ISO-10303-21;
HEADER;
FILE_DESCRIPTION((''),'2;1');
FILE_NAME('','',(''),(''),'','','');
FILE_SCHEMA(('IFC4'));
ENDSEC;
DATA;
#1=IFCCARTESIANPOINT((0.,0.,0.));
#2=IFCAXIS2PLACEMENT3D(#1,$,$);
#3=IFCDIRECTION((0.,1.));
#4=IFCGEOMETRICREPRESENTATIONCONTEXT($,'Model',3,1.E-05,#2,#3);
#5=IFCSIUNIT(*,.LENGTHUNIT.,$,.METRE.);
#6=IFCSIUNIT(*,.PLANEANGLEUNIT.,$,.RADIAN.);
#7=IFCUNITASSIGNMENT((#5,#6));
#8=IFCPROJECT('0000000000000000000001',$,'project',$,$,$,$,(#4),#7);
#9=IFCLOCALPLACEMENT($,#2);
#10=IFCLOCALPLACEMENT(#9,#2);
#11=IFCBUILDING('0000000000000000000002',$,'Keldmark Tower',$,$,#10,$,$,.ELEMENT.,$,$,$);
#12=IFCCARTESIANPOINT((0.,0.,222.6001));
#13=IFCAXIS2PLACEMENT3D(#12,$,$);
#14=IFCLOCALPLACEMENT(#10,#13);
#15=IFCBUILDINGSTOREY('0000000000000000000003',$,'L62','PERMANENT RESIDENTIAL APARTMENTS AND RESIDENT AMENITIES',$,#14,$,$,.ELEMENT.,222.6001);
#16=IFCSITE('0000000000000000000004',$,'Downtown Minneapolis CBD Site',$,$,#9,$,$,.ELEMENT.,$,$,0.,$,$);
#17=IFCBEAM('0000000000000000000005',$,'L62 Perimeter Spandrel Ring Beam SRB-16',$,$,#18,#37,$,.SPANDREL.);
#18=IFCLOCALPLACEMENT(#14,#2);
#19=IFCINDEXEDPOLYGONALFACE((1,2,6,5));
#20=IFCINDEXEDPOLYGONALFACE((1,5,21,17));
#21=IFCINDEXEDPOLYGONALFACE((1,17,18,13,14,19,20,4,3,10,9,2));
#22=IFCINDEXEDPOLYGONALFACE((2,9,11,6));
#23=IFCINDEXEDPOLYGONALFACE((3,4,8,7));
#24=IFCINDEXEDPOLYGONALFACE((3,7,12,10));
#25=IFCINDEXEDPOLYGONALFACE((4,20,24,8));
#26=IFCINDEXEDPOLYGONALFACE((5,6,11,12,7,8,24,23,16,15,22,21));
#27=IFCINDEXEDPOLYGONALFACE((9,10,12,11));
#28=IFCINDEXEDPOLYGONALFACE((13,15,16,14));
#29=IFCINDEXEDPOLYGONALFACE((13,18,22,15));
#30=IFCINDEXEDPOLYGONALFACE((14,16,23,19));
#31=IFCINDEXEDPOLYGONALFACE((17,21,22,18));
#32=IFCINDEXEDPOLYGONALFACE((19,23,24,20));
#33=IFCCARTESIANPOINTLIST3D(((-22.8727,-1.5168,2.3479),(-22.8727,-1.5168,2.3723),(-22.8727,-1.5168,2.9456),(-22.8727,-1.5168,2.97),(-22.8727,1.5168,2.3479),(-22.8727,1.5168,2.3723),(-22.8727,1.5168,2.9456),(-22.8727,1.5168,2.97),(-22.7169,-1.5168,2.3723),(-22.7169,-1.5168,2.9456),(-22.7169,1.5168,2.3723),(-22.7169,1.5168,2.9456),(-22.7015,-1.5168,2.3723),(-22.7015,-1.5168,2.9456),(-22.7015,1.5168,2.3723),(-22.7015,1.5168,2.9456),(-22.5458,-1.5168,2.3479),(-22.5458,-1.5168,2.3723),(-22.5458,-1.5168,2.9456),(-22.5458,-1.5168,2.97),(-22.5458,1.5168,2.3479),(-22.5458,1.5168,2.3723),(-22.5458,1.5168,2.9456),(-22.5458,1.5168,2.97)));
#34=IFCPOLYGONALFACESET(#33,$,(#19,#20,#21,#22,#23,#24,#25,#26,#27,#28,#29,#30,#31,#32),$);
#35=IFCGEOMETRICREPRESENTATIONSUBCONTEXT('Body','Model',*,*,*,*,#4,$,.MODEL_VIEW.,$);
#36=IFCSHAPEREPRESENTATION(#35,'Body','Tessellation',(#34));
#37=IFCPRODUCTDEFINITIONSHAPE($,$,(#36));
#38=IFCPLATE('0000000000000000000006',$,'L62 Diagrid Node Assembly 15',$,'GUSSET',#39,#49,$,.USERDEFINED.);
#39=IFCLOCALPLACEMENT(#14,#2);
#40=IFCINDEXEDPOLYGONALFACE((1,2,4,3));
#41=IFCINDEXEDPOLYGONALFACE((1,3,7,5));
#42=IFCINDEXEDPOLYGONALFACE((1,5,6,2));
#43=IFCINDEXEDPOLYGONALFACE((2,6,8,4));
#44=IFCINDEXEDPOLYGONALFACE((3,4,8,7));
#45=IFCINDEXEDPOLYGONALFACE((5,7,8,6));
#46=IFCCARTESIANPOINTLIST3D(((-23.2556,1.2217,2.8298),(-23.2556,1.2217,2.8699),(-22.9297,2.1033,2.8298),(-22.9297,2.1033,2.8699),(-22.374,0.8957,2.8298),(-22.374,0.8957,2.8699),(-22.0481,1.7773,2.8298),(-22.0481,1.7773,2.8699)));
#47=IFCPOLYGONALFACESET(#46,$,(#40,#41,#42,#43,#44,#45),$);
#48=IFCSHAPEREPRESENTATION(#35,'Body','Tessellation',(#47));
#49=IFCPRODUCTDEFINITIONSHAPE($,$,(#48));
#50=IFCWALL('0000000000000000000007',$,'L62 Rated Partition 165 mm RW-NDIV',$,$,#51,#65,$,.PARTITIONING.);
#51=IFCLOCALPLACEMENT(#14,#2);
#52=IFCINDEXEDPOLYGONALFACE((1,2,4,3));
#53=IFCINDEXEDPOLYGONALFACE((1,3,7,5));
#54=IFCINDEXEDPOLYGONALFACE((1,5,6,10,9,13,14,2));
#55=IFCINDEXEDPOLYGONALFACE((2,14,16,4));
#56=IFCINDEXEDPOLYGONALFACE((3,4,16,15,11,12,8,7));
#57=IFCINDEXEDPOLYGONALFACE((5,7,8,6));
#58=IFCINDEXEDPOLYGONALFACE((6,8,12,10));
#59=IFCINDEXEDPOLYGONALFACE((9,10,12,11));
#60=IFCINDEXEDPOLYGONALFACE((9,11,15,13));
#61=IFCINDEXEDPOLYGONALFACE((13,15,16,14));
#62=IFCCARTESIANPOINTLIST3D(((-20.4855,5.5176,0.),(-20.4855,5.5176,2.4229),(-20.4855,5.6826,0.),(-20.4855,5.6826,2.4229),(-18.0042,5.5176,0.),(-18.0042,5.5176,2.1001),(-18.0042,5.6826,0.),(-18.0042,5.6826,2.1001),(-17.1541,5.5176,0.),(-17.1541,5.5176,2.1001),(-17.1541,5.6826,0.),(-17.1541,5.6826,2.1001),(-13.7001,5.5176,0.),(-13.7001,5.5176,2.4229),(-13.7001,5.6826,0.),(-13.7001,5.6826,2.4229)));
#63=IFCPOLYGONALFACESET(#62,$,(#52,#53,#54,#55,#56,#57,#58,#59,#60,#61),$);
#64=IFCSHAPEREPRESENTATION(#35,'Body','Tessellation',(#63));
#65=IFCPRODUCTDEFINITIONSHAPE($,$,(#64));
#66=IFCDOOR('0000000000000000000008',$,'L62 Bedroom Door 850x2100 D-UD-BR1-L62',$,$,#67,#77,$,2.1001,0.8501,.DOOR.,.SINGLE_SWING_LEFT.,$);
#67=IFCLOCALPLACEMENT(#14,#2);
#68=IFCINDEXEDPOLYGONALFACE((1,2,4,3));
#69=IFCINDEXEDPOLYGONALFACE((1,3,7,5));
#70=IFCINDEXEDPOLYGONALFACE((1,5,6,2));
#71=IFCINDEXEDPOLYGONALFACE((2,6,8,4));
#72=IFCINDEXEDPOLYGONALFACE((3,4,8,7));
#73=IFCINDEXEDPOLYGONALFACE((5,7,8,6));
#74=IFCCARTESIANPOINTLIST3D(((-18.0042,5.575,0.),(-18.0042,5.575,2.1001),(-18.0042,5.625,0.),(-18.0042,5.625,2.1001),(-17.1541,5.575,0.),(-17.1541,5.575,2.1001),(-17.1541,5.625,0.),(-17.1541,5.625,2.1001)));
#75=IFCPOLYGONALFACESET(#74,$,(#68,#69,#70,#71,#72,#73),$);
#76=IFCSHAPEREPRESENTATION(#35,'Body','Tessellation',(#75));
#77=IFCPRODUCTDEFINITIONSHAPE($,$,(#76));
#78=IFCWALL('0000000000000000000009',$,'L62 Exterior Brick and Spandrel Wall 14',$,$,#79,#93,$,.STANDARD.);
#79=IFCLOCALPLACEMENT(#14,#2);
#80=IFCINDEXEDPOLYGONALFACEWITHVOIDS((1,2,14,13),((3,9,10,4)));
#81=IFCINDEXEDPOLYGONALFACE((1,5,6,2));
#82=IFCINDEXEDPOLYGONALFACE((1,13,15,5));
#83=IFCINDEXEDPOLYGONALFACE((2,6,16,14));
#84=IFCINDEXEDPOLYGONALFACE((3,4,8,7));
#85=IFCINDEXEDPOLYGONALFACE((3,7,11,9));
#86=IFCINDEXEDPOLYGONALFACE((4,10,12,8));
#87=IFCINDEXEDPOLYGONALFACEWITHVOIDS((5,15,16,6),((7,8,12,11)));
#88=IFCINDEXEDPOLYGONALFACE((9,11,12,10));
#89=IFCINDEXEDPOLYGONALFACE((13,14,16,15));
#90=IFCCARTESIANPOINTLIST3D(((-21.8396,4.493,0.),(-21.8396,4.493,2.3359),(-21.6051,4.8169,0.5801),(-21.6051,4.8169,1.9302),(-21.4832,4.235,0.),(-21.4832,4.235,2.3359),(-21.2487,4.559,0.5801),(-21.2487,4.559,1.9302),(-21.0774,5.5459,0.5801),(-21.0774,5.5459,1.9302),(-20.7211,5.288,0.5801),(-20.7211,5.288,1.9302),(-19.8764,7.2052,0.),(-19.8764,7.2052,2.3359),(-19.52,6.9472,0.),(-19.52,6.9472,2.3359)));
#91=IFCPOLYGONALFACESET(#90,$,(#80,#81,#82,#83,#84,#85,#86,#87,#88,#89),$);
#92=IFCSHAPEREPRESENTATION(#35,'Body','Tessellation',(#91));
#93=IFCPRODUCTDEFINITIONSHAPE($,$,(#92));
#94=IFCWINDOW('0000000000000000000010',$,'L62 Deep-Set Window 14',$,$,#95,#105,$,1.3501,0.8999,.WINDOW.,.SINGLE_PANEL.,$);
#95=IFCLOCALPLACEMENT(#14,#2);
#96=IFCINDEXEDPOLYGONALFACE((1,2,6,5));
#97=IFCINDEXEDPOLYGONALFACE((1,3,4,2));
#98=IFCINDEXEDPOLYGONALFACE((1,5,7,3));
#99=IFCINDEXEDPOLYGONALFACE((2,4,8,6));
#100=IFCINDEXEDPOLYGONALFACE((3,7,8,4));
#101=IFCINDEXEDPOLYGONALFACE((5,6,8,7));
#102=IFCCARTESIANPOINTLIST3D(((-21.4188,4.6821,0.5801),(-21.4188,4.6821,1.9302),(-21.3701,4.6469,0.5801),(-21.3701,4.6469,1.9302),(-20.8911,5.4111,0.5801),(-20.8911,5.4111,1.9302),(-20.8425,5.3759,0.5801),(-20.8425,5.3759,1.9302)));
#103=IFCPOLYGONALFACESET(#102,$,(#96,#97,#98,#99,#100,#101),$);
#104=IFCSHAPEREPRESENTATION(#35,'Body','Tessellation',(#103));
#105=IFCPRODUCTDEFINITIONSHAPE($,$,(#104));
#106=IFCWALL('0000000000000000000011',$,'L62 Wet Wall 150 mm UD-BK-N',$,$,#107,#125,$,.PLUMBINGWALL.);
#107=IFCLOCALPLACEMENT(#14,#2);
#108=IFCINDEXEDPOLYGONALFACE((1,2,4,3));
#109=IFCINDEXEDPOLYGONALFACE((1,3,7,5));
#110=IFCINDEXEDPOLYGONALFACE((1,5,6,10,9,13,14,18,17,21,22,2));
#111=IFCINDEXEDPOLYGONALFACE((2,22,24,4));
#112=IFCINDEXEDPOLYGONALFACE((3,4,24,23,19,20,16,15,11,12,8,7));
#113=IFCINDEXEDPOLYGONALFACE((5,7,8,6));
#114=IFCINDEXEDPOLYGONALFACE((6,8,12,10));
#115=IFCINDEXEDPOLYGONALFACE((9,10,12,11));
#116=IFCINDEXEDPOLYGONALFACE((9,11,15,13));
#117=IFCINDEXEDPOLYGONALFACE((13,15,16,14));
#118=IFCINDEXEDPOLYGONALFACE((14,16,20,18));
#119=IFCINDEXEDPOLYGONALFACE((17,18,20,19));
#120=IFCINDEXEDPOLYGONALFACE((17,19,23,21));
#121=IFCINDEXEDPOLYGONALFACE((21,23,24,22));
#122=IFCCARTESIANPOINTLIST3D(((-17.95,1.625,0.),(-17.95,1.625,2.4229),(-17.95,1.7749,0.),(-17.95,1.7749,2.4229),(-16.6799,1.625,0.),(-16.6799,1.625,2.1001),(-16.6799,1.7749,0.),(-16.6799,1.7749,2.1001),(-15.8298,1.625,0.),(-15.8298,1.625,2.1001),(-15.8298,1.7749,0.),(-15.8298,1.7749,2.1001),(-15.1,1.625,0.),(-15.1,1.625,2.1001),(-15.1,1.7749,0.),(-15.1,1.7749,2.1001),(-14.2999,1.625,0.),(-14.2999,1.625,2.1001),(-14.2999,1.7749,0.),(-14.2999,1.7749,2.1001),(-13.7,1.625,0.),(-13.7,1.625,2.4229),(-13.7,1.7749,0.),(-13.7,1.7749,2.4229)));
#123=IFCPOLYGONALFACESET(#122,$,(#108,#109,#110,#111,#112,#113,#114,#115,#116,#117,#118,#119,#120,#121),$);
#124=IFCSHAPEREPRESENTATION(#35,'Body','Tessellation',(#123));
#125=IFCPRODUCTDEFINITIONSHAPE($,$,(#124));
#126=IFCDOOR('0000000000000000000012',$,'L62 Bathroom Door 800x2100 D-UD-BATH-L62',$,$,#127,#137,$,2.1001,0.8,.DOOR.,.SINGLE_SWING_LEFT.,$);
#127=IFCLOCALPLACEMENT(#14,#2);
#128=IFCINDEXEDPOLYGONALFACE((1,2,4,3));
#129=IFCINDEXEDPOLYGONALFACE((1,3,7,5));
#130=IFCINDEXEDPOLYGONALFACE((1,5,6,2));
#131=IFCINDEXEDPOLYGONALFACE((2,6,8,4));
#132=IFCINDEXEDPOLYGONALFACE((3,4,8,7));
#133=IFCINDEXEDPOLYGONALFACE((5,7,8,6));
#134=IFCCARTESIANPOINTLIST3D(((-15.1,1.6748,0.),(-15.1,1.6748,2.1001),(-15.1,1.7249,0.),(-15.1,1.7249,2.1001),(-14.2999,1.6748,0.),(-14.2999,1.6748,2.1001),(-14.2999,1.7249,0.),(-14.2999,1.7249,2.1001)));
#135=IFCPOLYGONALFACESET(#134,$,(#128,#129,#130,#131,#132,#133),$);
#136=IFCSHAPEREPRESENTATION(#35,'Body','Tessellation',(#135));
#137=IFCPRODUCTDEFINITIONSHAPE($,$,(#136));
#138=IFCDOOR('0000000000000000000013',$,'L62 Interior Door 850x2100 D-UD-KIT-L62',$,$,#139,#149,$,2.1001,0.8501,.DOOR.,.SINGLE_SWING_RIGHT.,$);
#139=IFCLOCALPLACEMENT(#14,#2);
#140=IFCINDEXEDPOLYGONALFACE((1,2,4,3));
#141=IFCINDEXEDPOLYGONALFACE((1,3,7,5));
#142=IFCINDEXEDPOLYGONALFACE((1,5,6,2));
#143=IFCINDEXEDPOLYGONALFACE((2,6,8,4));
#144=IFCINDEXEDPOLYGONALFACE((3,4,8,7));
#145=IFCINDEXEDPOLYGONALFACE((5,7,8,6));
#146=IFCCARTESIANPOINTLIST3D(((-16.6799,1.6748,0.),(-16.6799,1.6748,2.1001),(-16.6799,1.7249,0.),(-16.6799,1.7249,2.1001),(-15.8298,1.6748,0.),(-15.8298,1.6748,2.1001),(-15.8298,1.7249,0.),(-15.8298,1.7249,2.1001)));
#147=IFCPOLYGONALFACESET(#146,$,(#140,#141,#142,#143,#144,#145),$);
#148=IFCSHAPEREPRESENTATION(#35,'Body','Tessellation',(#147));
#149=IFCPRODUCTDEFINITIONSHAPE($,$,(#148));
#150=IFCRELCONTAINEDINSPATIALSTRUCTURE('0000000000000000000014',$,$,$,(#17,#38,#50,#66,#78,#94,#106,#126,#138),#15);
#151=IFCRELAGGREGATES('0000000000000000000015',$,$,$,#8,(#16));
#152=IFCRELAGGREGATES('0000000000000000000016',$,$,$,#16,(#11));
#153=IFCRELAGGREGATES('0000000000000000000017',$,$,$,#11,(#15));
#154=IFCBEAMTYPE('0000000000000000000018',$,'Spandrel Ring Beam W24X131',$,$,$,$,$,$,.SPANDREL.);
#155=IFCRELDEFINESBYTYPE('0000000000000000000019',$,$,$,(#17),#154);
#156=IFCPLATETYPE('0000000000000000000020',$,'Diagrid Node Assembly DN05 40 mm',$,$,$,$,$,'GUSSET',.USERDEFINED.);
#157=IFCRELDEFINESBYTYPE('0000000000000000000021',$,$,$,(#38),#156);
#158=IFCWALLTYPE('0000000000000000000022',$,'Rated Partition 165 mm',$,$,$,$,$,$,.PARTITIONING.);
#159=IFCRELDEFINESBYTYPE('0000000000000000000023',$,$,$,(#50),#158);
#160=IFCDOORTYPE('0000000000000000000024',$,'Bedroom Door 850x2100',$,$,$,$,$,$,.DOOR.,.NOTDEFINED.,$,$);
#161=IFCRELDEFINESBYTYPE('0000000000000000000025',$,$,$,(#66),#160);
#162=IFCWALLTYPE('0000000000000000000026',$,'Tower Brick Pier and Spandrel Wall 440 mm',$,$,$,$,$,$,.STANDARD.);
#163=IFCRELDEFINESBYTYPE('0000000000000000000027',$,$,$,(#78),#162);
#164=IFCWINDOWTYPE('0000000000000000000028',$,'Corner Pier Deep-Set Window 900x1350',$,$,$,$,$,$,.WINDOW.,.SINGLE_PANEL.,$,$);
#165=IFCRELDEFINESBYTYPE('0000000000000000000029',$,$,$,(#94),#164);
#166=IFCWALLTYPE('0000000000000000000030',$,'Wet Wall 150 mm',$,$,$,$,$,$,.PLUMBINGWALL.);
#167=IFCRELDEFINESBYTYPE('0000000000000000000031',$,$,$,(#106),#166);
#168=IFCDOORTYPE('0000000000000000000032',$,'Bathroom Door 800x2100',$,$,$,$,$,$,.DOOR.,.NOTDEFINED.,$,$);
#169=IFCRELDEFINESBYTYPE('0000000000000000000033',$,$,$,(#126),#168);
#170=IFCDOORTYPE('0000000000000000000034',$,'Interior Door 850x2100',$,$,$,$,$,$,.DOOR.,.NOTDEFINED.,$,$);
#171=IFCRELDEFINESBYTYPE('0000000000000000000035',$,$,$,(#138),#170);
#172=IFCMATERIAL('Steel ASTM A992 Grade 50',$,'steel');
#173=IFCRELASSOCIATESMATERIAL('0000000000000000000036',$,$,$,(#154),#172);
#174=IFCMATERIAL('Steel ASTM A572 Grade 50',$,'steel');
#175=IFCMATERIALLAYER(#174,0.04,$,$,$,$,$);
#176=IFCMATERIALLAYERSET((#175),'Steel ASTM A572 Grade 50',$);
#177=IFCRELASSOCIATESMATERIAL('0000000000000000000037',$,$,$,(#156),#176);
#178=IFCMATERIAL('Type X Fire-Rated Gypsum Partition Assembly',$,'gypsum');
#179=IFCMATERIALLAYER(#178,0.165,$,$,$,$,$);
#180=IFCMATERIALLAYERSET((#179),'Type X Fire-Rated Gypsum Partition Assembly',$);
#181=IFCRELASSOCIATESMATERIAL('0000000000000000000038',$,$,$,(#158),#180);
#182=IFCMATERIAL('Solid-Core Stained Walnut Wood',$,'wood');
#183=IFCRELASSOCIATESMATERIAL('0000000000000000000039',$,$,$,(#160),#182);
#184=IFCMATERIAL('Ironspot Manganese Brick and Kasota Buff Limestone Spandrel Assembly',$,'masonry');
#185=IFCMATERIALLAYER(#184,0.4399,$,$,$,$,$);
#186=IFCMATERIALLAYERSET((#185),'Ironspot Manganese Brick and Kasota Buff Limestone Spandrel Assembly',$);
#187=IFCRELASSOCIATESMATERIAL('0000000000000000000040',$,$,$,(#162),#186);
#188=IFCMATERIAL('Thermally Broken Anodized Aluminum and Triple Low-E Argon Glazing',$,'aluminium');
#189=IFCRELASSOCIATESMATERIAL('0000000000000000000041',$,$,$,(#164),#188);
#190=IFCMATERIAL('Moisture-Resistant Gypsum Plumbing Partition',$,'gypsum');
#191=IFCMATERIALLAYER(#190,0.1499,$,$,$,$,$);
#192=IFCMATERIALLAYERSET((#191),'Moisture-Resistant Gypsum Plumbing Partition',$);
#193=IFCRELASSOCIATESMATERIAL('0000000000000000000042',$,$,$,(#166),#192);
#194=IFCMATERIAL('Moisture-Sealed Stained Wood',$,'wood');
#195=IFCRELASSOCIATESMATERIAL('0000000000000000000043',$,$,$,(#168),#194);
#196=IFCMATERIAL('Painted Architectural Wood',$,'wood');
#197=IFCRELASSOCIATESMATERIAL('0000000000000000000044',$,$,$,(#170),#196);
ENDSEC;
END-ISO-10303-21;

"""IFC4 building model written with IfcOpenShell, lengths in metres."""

from ifc_helpers import new_model, si_unit, direction, frame, frame_2d, origin, origin_2d, place, context, subcontext, project, spatial, rectangle, i_section, extrude, material, layer, layer_set, material_profile, profile_set, type_object, element, fill, save


model = new_model("IFC4")

# Units and contexts
model_context = context("Model", 3, precision=1e-05, world=origin(), true_north=direction((0.0, 1.0)))
body_context = subcontext(model_context, "Body", "Model", "MODEL_VIEW")
ifc_project = project(units=[si_unit("LENGTHUNIT", "METRE"), si_unit("PLANEANGLEUNIT", "RADIAN")], contexts=[model_context])

# Site, building, storey
site_placement = place(None, origin())
site = spatial("IfcSite", under=ifc_project, at=site_placement, Name="Downtown Minneapolis CBD Site", CompositionType="ELEMENT", RefElevation=0.0)
building_placement = place(site_placement, origin())
building = spatial("IfcBuilding", under=site, at=building_placement, Name="Keldmark Tower", CompositionType="ELEMENT")
storey_placement = place(building_placement, frame((0.0, 0.0, 222.6001)))
storey = spatial("IfcBuildingStorey", under=building, at=storey_placement, Name="L62", Description="PERMANENT RESIDENTIAL APARTMENTS AND RESIDENT AMENITIES", CompositionType="ELEMENT", Elevation=222.6001)

# Beam
ifc_material_1 = material(Name="Steel ASTM A992 Grade 50", Category="steel")
ifc_material_profile_1 = material_profile(ifc_material_1, i_section(OverallWidth=0.3269, OverallDepth=0.6221, WebThickness=0.0154, FlangeThickness=0.0244, at=origin_2d()), Name="W24X131")
ifc_profile_set_1 = profile_set([ifc_material_profile_1], Name="Steel ASTM A992 Grade 50")
beam_type_1 = type_object("IfcBeamType", Name="Spandrel Ring Beam W24X131", PredefinedType="SPANDREL", material=ifc_profile_set_1)
beam_1_placement = place(storey_placement, frame((-22.7092, 1.5168, 2.6589), z_axis=(0.0, -1.0, 0.0), x_axis=(1.0, 0.0, 0.0)))
element("IfcBeam", 1, at=beam_1_placement, inside=storey, type_object=beam_type_1, Name="L62 Perimeter Spandrel Ring Beam SRB-16", PredefinedType="SPANDREL", context=body_context, shape_type="SweptSolid", body=[
    extrude(i_section(OverallWidth=0.3269, OverallDepth=0.6221, WebThickness=0.0154, FlangeThickness=0.0244, at=origin_2d()), origin(), (0.0, 0.0, 1.0), 3.0337),
])

# Plate
ifc_material_2 = material(Name="Steel ASTM A572 Grade 50", Category="steel")
ifc_layer_1 = layer(ifc_material_2, 0.04)
ifc_layer_set_1 = layer_set([ifc_layer_1], Name="Steel ASTM A572 Grade 50")
plate_type = type_object("IfcPlateType", Name="Diagrid Node Assembly DN05 40 mm", ElementType="GUSSET", PredefinedType="USERDEFINED", material=ifc_layer_set_1)
plate_placement = place(storey_placement, frame((-22.6519, 1.4995, 2.8298), z_axis=(0.0, 0.0, 1.0), x_axis=(-0.346772, -0.937949, 0.0)))
element("IfcPlate", 2, at=plate_placement, inside=storey, type_object=plate_type, Name="L62 Diagrid Node Assembly 15", ObjectType="GUSSET", PredefinedType="USERDEFINED", context=body_context, shape_type="SweptSolid", body=[
    extrude(rectangle(XDim=0.9399, YDim=0.9399, at=origin_2d()), origin(), (0.0, 0.0, 1.0), 0.04),
])

# Wall, opening, door
ifc_material_3 = material(Name="Type X Fire-Rated Gypsum Partition Assembly", Category="gypsum")
ifc_layer_2 = layer(ifc_material_3, 0.165)
ifc_layer_set_2 = layer_set([ifc_layer_2], Name="Type X Fire-Rated Gypsum Partition Assembly")
wall_type_1 = type_object("IfcWallType", Name="Rated Partition 165 mm", PredefinedType="PARTITIONING", material=ifc_layer_set_2)
wall_1_placement = place(storey_placement, frame((-20.4854, 5.6001, 0.0), z_axis=(0.0, 0.0, 1.0), x_axis=(1.0, 0.0, 0.0)))
wall_1 = element("IfcWall", 3, at=wall_1_placement, inside=storey, type_object=wall_type_1, Name="L62 Rated Partition 165 mm RW-NDIV", PredefinedType="PARTITIONING", context=body_context, shape_type="SweptSolid", body=[
    extrude(rectangle(XDim=6.7854, YDim=0.165, at=frame_2d((3.3926, 0.0))), origin(), (0.0, 0.0, 1.0), 2.4229),
])
opening_1_placement = place(wall_1_placement, frame((2.4812, 0.0, 0.0)))
opening_1 = element("IfcOpeningElement", 4, at=opening_1_placement, cuts=wall_1, PredefinedType="OPENING", context=body_context, shape_type="SweptSolid", body=[
    extrude(rectangle(XDim=0.8501, YDim=2.1001, at=frame_2d((0.425, 1.05))), frame((0.0, 0.0925, 0.0), z_axis=(0.0, -1.0, 0.0), x_axis=(1.0, 0.0, 0.0)), (0.0, 0.0, 1.0), 0.1851),
])
ifc_material_4 = material(Name="Solid-Core Stained Walnut Wood", Category="wood")
door_type_1 = type_object("IfcDoorType", Name="Bedroom Door 850x2100", OperationType="NOTDEFINED", PredefinedType="DOOR", material=ifc_material_4)
door_1_placement = place(opening_1_placement, origin())
door_1 = element("IfcDoor", 5, at=door_1_placement, inside=storey, type_object=door_type_1, Name="L62 Bedroom Door 850x2100 D-UD-BR1-L62", OperationType="SINGLE_SWING_LEFT", OverallHeight=2.1001, OverallWidth=0.8501, PredefinedType="DOOR", context=body_context, shape_type="SweptSolid", body=[
    extrude(rectangle(XDim=0.8501, YDim=2.1001, at=frame_2d((0.425, 1.05))), frame((0.0, 0.0249, 0.0), z_axis=(0.0, -1.0, 0.0), x_axis=(1.0, 0.0, 0.0)), (0.0, 0.0, 1.0), 0.05),
])
fill(opening_1, door_1)

# Wall, opening, window
ifc_material_5 = material(Name="Ironspot Manganese Brick and Kasota Buff Limestone Spandrel Assembly", Category="masonry")
ifc_layer_3 = layer(ifc_material_5, 0.4399)
ifc_layer_set_3 = layer_set([ifc_layer_3], Name="Ironspot Manganese Brick and Kasota Buff Limestone Spandrel Assembly")
wall_type_2 = type_object("IfcWallType", Name="Tower Brick Pier and Spandrel Wall 440 mm", PredefinedType="STANDARD", material=ifc_layer_set_3)
wall_2_placement = place(storey_placement, frame((-21.6614, 4.364, 0.0), z_axis=(0.0, 0.0, 1.0), x_axis=(0.586345, 0.810062, 0.0)))
wall_2 = element("IfcWall", 6, at=wall_2_placement, inside=storey, type_object=wall_type_2, Name="L62 Exterior Brick and Spandrel Wall 14", PredefinedType="STANDARD", context=body_context, shape_type="SweptSolid", body=[
    extrude(rectangle(XDim=3.3481, YDim=0.4399, at=frame_2d((1.6741, 0.0))), origin(), (0.0, 0.0, 1.0), 2.3359),
])
opening_2_placement = place(wall_2_placement, frame((0.3999, 0.0, 0.5801)))
opening_2 = element("IfcOpeningElement", 7, at=opening_2_placement, cuts=wall_2, PredefinedType="OPENING", context=body_context, shape_type="SweptSolid", body=[
    extrude(rectangle(XDim=0.8999, YDim=1.3501, at=frame_2d((0.45, 0.675))), frame((0.0, 0.23, 0.0), z_axis=(0.0, -1.0, 0.0), x_axis=(1.0, 0.0, 0.0)), (0.0, 0.0, 1.0), 0.46),
])
ifc_material_6 = material(Name="Thermally Broken Anodized Aluminum and Triple Low-E Argon Glazing", Category="aluminium")
window_type = type_object("IfcWindowType", Name="Corner Pier Deep-Set Window 900x1350", PartitioningType="SINGLE_PANEL", PredefinedType="WINDOW", material=ifc_material_6)
window_placement = place(opening_2_placement, origin())
window = element("IfcWindow", 8, at=window_placement, inside=storey, type_object=window_type, Name="L62 Deep-Set Window 14", OverallHeight=1.3501, OverallWidth=0.8999, PartitioningType="SINGLE_PANEL", PredefinedType="WINDOW", context=body_context, shape_type="SweptSolid", body=[
    extrude(rectangle(XDim=0.8999, YDim=1.3501, at=frame_2d((0.45, 0.675))), frame((0.0, -0.01, 0.0), z_axis=(0.0, -1.0, 0.0), x_axis=(1.0, 0.0, 0.0)), (0.0, 0.0, 1.0), 0.0601),
])
fill(opening_2, window)

# Wall, openings, doors
ifc_material_7 = material(Name="Moisture-Resistant Gypsum Plumbing Partition", Category="gypsum")
ifc_layer_4 = layer(ifc_material_7, 0.1499)
ifc_layer_set_4 = layer_set([ifc_layer_4], Name="Moisture-Resistant Gypsum Plumbing Partition")
wall_type_3 = type_object("IfcWallType", Name="Wet Wall 150 mm", PredefinedType="PLUMBINGWALL", material=ifc_layer_set_4)
wall_3_placement = place(storey_placement, frame((-17.95, 1.7, 0.0), z_axis=(0.0, 0.0, 1.0), x_axis=(1.0, 0.0, 0.0)))
wall_3 = element("IfcWall", 9, at=wall_3_placement, inside=storey, type_object=wall_type_3, Name="L62 Wet Wall 150 mm UD-BK-N", PredefinedType="PLUMBINGWALL", context=body_context, shape_type="SweptSolid", body=[
    extrude(rectangle(XDim=4.25, YDim=0.1499, at=frame_2d((2.125, 0.0))), origin(), (0.0, 0.0, 1.0), 2.4229),
])
opening_3_placement = place(wall_3_placement, frame((2.8501, 0.0, 0.0)))
opening_3 = element("IfcOpeningElement", 10, at=opening_3_placement, cuts=wall_3, PredefinedType="OPENING", context=body_context, shape_type="SweptSolid", body=[
    extrude(rectangle(XDim=0.8, YDim=2.1001, at=frame_2d((0.3999, 1.05))), frame((0.0, 0.085, 0.0), z_axis=(0.0, -1.0, 0.0), x_axis=(1.0, 0.0, 0.0)), (0.0, 0.0, 1.0), 0.1699),
])
opening_4_placement = place(wall_3_placement, frame((1.27, 0.0, 0.0)))
opening_4 = element("IfcOpeningElement", 11, at=opening_4_placement, cuts=wall_3, PredefinedType="OPENING", context=body_context, shape_type="SweptSolid", body=[
    extrude(rectangle(XDim=0.8501, YDim=2.1001, at=frame_2d((0.425, 1.05))), frame((0.0, 0.085, 0.0), z_axis=(0.0, -1.0, 0.0), x_axis=(1.0, 0.0, 0.0)), (0.0, 0.0, 1.0), 0.1699),
])
ifc_material_8 = material(Name="Moisture-Sealed Stained Wood", Category="wood")
door_type_2 = type_object("IfcDoorType", Name="Bathroom Door 800x2100", OperationType="NOTDEFINED", PredefinedType="DOOR", material=ifc_material_8)
door_2_placement = place(opening_3_placement, origin())
door_2 = element("IfcDoor", 12, at=door_2_placement, inside=storey, type_object=door_type_2, Name="L62 Bathroom Door 800x2100 D-UD-BATH-L62", OperationType="SINGLE_SWING_LEFT", OverallHeight=2.1001, OverallWidth=0.8, PredefinedType="DOOR", context=body_context, shape_type="SweptSolid", body=[
    extrude(rectangle(XDim=0.8, YDim=2.1001, at=frame_2d((0.3999, 1.05))), frame((0.0, 0.0249, 0.0), z_axis=(0.0, -1.0, 0.0), x_axis=(1.0, 0.0, 0.0)), (0.0, 0.0, 1.0), 0.05),
])
fill(opening_3, door_2)
ifc_material_9 = material(Name="Painted Architectural Wood", Category="wood")
door_type_3 = type_object("IfcDoorType", Name="Interior Door 850x2100", OperationType="NOTDEFINED", PredefinedType="DOOR", material=ifc_material_9)
door_3_placement = place(opening_4_placement, origin())
door_3 = element("IfcDoor", 13, at=door_3_placement, inside=storey, type_object=door_type_3, Name="L62 Interior Door 850x2100 D-UD-KIT-L62", OperationType="SINGLE_SWING_RIGHT", OverallHeight=2.1001, OverallWidth=0.8501, PredefinedType="DOOR", context=body_context, shape_type="SweptSolid", body=[
    extrude(rectangle(XDim=0.8501, YDim=2.1001, at=frame_2d((0.425, 1.05))), frame((0.0, 0.0249, 0.0), z_axis=(0.0, -1.0, 0.0), x_axis=(1.0, 0.0, 0.0)), (0.0, 0.0, 1.0), 0.05),
])
fill(opening_4, door_3)

save(model, "model.ifc")
